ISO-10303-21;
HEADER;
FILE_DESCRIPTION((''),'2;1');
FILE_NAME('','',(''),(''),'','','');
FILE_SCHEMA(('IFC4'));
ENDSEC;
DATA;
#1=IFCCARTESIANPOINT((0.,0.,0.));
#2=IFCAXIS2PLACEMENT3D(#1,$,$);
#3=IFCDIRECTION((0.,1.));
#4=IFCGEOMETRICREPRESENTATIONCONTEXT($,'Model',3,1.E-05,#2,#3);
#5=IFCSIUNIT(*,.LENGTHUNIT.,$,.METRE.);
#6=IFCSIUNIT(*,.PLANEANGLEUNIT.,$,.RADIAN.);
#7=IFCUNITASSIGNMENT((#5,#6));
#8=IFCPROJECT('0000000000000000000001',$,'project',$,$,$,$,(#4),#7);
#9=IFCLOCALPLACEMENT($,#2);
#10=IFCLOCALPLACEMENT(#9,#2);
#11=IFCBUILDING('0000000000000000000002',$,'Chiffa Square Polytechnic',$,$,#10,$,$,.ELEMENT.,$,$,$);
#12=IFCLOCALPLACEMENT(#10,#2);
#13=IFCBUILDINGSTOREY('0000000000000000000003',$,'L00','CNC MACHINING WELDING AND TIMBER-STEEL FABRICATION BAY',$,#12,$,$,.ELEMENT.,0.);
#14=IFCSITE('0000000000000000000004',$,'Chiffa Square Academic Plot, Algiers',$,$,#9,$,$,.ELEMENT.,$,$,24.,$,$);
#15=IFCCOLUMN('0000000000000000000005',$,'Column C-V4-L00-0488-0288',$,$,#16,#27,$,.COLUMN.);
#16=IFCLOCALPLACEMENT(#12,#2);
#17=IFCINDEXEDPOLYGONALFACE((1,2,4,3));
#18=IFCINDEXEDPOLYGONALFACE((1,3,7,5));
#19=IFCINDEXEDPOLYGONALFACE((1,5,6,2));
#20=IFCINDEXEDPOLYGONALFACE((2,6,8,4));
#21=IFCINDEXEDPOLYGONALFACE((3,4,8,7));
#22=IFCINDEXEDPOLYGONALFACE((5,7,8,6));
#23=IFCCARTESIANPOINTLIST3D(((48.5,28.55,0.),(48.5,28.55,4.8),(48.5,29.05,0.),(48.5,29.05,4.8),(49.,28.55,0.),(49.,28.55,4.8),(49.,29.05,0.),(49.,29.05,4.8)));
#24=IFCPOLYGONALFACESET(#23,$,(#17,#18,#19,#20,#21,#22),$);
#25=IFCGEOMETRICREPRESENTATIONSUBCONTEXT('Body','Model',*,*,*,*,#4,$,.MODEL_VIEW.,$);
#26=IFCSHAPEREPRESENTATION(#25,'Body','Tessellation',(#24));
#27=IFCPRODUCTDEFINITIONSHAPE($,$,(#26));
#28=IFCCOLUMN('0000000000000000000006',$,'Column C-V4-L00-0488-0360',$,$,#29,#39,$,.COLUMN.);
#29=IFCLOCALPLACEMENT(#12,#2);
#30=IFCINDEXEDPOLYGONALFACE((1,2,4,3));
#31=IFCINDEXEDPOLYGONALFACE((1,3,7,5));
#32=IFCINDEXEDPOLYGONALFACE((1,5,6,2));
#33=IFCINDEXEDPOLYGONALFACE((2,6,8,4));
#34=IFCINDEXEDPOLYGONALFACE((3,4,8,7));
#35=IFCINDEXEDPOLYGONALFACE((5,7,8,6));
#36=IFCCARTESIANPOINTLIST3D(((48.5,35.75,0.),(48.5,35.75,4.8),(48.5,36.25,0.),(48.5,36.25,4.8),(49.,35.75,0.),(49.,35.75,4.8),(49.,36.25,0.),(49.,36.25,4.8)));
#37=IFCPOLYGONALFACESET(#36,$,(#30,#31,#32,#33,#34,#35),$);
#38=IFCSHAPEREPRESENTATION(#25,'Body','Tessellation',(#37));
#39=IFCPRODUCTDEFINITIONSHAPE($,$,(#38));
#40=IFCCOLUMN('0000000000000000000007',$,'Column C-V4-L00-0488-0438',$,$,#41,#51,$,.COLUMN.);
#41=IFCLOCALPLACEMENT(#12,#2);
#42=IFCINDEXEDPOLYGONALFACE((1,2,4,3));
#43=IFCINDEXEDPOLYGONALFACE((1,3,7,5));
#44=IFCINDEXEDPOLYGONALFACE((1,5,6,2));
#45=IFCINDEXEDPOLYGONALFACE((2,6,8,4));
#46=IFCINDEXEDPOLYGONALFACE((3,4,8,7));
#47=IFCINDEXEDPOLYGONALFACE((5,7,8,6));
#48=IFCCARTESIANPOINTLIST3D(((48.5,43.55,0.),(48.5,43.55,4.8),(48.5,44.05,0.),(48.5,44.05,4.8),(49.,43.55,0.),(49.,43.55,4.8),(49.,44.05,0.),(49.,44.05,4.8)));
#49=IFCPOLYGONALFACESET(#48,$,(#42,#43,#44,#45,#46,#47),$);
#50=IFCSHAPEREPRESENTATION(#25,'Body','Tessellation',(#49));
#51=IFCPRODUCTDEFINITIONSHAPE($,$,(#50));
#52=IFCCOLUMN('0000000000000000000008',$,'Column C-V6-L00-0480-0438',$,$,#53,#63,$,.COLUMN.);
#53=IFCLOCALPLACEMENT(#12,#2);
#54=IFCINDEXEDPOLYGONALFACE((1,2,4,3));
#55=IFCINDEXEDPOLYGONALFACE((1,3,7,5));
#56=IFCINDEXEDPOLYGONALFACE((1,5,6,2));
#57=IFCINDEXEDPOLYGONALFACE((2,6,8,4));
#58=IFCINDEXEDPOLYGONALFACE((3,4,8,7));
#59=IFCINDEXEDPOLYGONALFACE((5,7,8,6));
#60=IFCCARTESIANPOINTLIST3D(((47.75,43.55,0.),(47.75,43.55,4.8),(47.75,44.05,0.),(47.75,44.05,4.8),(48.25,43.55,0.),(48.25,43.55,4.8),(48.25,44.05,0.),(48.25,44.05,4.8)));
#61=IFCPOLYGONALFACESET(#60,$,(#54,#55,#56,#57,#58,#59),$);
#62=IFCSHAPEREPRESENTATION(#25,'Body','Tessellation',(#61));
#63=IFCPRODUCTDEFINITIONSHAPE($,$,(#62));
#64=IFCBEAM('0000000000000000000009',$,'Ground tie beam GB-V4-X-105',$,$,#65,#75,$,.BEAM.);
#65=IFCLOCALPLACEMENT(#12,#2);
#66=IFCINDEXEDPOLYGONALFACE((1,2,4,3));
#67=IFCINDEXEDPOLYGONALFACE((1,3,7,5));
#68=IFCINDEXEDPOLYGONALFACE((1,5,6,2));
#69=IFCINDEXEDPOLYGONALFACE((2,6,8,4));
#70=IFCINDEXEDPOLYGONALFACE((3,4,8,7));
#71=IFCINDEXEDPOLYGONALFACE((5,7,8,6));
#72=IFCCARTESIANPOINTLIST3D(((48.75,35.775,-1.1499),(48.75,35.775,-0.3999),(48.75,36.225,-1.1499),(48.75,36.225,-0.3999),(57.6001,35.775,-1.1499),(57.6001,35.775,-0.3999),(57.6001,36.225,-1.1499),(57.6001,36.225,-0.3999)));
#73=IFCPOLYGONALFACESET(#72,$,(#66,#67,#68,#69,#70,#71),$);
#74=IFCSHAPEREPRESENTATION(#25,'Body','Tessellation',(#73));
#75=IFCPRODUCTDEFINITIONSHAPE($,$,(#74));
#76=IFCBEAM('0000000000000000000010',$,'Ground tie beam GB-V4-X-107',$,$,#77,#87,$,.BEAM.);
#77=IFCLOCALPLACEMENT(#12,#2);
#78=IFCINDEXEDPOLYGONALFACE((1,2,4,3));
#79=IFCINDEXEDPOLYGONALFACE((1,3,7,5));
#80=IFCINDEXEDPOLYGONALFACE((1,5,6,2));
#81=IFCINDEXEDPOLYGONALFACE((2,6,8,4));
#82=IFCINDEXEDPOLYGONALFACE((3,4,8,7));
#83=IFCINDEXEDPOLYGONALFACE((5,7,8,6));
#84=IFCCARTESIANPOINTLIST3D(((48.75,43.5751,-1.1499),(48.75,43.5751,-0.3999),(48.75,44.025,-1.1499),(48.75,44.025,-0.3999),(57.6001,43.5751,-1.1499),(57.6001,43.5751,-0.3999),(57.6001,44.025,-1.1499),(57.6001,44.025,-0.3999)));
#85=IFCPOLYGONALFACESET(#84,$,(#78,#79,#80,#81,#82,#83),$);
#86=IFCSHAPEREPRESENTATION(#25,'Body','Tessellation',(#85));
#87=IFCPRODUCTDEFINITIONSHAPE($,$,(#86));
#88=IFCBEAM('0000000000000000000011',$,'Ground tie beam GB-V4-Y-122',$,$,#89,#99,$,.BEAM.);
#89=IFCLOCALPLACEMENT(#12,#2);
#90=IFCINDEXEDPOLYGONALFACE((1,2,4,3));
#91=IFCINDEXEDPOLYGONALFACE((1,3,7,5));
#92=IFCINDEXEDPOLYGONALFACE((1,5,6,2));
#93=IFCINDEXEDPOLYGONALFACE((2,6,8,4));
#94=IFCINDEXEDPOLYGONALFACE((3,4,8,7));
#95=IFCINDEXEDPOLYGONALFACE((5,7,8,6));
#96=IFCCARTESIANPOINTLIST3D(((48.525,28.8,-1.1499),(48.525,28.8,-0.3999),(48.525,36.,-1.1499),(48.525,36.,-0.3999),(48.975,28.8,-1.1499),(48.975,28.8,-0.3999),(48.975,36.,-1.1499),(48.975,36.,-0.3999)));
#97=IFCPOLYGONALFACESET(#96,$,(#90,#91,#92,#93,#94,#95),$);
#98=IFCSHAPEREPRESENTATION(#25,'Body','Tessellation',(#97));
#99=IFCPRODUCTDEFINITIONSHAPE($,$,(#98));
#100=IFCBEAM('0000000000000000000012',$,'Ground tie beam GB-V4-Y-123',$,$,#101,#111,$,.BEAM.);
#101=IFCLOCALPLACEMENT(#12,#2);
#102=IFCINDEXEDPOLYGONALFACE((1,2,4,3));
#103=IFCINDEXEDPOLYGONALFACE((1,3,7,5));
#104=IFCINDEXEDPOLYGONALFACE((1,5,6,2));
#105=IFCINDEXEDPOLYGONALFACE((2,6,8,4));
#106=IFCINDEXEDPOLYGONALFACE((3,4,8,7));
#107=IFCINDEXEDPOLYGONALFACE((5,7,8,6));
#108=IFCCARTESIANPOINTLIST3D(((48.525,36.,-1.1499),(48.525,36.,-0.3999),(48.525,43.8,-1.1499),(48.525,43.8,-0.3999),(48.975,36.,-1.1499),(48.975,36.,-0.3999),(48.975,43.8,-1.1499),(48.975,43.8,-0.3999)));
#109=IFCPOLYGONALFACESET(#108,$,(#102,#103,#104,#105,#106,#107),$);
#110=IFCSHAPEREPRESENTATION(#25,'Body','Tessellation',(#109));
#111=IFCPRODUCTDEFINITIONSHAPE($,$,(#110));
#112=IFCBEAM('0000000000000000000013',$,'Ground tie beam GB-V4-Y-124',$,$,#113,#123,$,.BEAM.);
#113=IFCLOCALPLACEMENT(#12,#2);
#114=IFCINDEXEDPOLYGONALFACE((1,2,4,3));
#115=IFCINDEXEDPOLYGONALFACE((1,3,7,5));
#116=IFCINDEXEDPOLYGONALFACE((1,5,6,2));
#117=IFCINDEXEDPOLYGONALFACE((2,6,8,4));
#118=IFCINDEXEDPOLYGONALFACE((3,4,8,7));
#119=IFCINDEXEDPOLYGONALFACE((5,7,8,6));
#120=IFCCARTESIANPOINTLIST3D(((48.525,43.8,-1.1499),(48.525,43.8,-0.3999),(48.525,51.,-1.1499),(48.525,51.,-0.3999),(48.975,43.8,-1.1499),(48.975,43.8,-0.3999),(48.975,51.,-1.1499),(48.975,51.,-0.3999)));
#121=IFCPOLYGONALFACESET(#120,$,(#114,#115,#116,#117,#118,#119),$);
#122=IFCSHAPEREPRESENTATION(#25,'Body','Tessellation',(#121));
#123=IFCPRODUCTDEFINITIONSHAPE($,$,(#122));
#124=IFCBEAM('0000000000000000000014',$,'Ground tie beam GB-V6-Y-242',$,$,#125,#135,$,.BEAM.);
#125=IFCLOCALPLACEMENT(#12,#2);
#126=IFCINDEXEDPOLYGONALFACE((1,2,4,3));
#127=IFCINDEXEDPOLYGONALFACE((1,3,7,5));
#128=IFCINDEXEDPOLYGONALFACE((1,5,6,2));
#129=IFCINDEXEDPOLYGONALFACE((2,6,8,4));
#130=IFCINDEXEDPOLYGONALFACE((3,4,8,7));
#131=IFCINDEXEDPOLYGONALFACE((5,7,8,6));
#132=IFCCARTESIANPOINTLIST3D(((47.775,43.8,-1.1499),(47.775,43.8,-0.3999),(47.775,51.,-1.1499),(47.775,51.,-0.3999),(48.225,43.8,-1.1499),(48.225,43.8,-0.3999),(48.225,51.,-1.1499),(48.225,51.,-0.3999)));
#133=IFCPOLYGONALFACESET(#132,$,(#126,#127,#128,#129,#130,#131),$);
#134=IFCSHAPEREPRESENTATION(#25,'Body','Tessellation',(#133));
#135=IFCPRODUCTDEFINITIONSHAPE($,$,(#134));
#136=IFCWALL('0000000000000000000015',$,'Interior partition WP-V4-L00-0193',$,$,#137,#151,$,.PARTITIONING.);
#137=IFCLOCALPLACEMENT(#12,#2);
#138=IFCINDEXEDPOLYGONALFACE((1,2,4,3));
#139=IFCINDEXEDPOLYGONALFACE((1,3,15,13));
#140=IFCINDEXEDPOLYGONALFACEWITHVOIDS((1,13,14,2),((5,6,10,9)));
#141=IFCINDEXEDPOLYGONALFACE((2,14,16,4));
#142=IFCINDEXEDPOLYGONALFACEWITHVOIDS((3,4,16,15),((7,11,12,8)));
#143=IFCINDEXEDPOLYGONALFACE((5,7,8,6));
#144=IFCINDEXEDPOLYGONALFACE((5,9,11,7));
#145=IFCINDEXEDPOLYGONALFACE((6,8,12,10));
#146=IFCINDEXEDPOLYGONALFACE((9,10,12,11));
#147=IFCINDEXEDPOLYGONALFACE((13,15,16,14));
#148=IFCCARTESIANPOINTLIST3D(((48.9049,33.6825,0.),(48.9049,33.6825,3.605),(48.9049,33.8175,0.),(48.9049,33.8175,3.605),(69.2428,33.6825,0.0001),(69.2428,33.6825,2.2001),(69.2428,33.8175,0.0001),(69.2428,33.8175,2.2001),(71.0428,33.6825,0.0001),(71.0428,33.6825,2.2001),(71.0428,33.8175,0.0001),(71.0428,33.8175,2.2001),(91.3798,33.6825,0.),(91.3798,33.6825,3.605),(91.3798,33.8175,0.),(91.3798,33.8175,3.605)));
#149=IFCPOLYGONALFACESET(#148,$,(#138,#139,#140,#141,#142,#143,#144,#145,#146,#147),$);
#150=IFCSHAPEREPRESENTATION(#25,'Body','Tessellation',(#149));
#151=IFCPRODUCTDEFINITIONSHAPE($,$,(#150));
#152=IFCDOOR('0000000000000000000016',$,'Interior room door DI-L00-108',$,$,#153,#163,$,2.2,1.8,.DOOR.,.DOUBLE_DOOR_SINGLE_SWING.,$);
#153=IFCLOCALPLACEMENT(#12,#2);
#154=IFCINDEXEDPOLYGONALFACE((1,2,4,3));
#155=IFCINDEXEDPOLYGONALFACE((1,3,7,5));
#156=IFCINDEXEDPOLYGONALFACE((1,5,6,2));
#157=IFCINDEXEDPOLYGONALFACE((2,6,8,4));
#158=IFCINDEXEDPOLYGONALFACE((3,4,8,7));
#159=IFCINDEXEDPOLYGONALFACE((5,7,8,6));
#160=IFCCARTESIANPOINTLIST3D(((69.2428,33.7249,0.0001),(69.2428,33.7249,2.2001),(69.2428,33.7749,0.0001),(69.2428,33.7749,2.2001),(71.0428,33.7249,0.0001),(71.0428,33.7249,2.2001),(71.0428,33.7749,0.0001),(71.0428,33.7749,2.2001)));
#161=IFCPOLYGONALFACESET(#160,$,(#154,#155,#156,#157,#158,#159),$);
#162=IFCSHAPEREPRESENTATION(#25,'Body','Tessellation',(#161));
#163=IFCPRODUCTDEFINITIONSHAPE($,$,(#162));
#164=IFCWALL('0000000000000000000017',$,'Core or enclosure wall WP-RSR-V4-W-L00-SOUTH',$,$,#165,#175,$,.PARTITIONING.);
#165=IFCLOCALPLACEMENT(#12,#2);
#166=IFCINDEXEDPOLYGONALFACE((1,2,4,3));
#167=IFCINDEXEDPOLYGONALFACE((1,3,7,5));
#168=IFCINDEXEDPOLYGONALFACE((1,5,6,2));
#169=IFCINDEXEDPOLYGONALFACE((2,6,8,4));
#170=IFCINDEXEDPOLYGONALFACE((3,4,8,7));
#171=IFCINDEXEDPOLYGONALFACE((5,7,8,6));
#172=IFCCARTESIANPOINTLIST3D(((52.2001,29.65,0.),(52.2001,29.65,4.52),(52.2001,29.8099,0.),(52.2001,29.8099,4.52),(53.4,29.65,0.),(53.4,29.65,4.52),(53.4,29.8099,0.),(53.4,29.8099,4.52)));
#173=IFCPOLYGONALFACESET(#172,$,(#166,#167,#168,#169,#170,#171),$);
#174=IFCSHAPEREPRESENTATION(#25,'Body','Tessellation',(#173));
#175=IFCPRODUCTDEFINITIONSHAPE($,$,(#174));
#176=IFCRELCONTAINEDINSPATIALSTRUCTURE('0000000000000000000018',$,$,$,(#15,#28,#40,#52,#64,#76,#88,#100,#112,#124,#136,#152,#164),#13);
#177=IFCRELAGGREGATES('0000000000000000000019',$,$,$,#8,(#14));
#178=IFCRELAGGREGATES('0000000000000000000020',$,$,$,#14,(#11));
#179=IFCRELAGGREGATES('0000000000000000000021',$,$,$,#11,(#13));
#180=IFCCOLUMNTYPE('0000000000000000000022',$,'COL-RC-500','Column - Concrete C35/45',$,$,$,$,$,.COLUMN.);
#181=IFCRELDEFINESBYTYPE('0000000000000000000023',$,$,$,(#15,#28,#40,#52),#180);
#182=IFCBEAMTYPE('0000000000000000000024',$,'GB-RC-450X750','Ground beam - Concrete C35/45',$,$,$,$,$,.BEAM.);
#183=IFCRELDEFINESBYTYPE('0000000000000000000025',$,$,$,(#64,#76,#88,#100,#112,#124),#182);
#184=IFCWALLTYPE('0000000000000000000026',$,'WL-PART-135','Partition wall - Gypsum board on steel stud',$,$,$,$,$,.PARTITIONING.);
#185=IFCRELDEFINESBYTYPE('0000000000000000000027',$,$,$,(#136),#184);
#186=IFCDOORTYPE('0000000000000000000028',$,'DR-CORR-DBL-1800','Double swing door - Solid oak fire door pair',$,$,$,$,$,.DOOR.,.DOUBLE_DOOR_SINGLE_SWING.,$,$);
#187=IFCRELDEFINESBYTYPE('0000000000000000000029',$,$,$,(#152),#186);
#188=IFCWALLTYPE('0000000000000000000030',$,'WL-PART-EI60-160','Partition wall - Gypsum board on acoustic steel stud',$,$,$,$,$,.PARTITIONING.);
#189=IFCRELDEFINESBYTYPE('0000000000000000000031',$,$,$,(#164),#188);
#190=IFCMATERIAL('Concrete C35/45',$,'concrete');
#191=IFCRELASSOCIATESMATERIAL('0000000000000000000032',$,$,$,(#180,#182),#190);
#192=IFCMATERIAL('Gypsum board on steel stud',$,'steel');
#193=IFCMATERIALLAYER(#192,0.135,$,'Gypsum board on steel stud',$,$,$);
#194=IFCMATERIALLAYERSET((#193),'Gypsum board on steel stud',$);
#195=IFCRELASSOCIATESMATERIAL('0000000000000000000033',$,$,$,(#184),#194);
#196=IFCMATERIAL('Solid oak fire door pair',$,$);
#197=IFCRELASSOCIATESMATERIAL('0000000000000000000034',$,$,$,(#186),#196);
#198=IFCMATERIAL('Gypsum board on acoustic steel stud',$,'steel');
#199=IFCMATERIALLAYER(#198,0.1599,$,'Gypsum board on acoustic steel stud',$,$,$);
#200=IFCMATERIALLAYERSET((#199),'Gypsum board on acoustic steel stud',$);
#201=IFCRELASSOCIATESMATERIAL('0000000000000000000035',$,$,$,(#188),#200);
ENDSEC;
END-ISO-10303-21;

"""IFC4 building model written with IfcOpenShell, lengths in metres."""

from ifc_helpers import new_model, si_unit, direction, frame, frame_2d, origin, origin_2d, place, context, subcontext, project, spatial, rectangle, extrude, material, layer, layer_set, material_profile, profile_set, type_object, element, fill, save


model = new_model("IFC4")

# Units and contexts
model_context = context("Model", 3, precision=1e-05, world=origin(), true_north=direction((0.0, 1.0)))
body_context = subcontext(model_context, "Body", "Model", "MODEL_VIEW")
ifc_project = project(units=[si_unit("LENGTHUNIT", "METRE"), si_unit("PLANEANGLEUNIT", "RADIAN")], contexts=[model_context])

# Site, building, storey
site_placement = place(None, origin())
site = spatial("IfcSite", under=ifc_project, at=site_placement, Name="Chiffa Square Academic Plot, Algiers", CompositionType="ELEMENT", RefElevation=24.0)
building_placement = place(site_placement, origin())
building = spatial("IfcBuilding", under=site, at=building_placement, Name="Chiffa Square Polytechnic", CompositionType="ELEMENT")
storey_placement = place(building_placement, origin())
storey = spatial("IfcBuildingStorey", under=building, at=storey_placement, Name="L00", Description="CNC MACHINING WELDING AND TIMBER-STEEL FABRICATION BAY", CompositionType="ELEMENT", Elevation=0.0)

# Columns
ifc_material_1 = material(Name="Concrete C35/45", Category="concrete")
ifc_material_profile_1 = material_profile(ifc_material_1, rectangle(XDim=0.5, YDim=0.5, at=origin_2d()), Name="RC 500x500")
ifc_profile_set_1 = profile_set([ifc_material_profile_1], Name="Concrete C35/45")
column_type = type_object("IfcColumnType", Name="COL-RC-500", Description="Column - Concrete C35/45", PredefinedType="COLUMN", material=ifc_profile_set_1)
for number, where, z_axis, x_axis, name in (
    (1, (48.75, 28.8, 0.0), (0.0, 0.0, 1.0), (1.0, 0.0, 0.0), "Column C-V4-L00-0488-0288"),
    (2, (48.75, 36.0, 0.0), (0.0, 0.0, 1.0), (1.0, 0.0, 0.0), "Column C-V4-L00-0488-0360"),
    (3, (48.75, 43.8, 0.0), (0.0, 0.0, 1.0), (1.0, 0.0, 0.0), "Column C-V4-L00-0488-0438"),
    (4, (48.0, 43.8, 0.0), (0.0, 0.0, 1.0), (1.0, 0.0, 0.0), "Column C-V6-L00-0480-0438"),
):
    element("IfcColumn", number, at=place(storey_placement, frame(where, z_axis=z_axis, x_axis=x_axis)), inside=storey, type_object=column_type, Name=name, PredefinedType="COLUMN", context=body_context, shape_type="SweptSolid", body=[
        extrude(rectangle(XDim=0.5, YDim=0.5, at=origin_2d()), origin(), (0.0, 0.0, 1.0), 4.8),
    ])

# Beams
ifc_material_profile_2 = material_profile(ifc_material_1, rectangle(XDim=0.45, YDim=0.75, at=origin_2d()), Name="RC 450x750")
ifc_profile_set_2 = profile_set([ifc_material_profile_2], Name="Concrete C35/45")
beam_type = type_object("IfcBeamType", Name="GB-RC-450X750", Description="Ground beam - Concrete C35/45", PredefinedType="BEAM", material=ifc_profile_set_2)
for number, where, z_axis, x_axis, name in (
    (5, (48.75, 36.0, -0.7749), (1.0, 0.0, 0.0), (0.0, 1.0, 0.0), "Ground tie beam GB-V4-X-105"),
    (6, (48.75, 43.8, -0.7749), (1.0, 0.0, 0.0), (0.0, 1.0, 0.0), "Ground tie beam GB-V4-X-107"),
):
    element("IfcBeam", number, at=place(storey_placement, frame(where, z_axis=z_axis, x_axis=x_axis)), inside=storey, type_object=beam_type, Name=name, PredefinedType="BEAM", context=body_context, shape_type="SweptSolid", body=[
        extrude(rectangle(XDim=0.45, YDim=0.75, at=origin_2d()), origin(), (0.0, 0.0, 1.0), 8.8501),
    ])
beam_1_placement = place(storey_placement, frame((48.75, 28.8, -0.7749), z_axis=(0.0, 1.0, 0.0), x_axis=(-1.0, 0.0, 0.0)))
element("IfcBeam", 7, at=beam_1_placement, inside=storey, type_object=beam_type, Name="Ground tie beam GB-V4-Y-122", PredefinedType="BEAM", context=body_context, shape_type="SweptSolid", body=[
    extrude(rectangle(XDim=0.45, YDim=0.75, at=origin_2d()), origin(), (0.0, 0.0, 1.0), 7.2),
])
beam_2_placement = place(storey_placement, frame((48.75, 36.0, -0.7749), z_axis=(0.0, 1.0, 0.0), x_axis=(-1.0, 0.0, 0.0)))
element("IfcBeam", 8, at=beam_2_placement, inside=storey, type_object=beam_type, Name="Ground tie beam GB-V4-Y-123", PredefinedType="BEAM", context=body_context, shape_type="SweptSolid", body=[
    extrude(rectangle(XDim=0.45, YDim=0.75, at=origin_2d()), origin(), (0.0, 0.0, 1.0), 7.8),
])
for number, where, z_axis, x_axis, name in (
    (9, (48.75, 43.8, -0.7749), (0.0, 1.0, 0.0), (-1.0, 0.0, 0.0), "Ground tie beam GB-V4-Y-124"),
    (10, (48.0, 43.8, -0.7749), (0.0, 1.0, 0.0), (-1.0, 0.0, 0.0), "Ground tie beam GB-V6-Y-242"),
):
    element("IfcBeam", number, at=place(storey_placement, frame(where, z_axis=z_axis, x_axis=x_axis)), inside=storey, type_object=beam_type, Name=name, PredefinedType="BEAM", context=body_context, shape_type="SweptSolid", body=[
        extrude(rectangle(XDim=0.45, YDim=0.75, at=origin_2d()), origin(), (0.0, 0.0, 1.0), 7.2),
    ])

# Wall, opening, door
ifc_material_2 = material(Name="Gypsum board on steel stud", Category="steel")
ifc_layer_1 = layer(ifc_material_2, 0.135, Name="Gypsum board on steel stud")
ifc_layer_set_1 = layer_set([ifc_layer_1], Name="Gypsum board on steel stud")
wall_type_1 = type_object("IfcWallType", Name="WL-PART-135", Description="Partition wall - Gypsum board on steel stud", PredefinedType="PARTITIONING", material=ifc_layer_set_1)
wall_1_placement = place(storey_placement, frame((48.905, 33.75, 0.0), z_axis=(0.0, 0.0, 1.0), x_axis=(1.0, 0.0, 0.0)))
wall_1 = element("IfcWall", 11, at=wall_1_placement, inside=storey, type_object=wall_type_1, Name="Interior partition WP-V4-L00-0193", PredefinedType="PARTITIONING", context=body_context, shape_type="SweptSolid", body=[
    extrude(rectangle(XDim=42.4749, YDim=0.135, at=frame_2d((21.2373, 0.0))), origin(), (0.0, 0.0, 1.0), 3.605),
])
opening_1_placement = place(wall_1_placement, frame((20.3379, 0.0, 0.0)))
opening_1 = element("IfcOpeningElement", 12, at=opening_1_placement, cuts=wall_1, PredefinedType="OPENING", context=body_context, shape_type="SweptSolid", body=[
    extrude(rectangle(XDim=1.8, YDim=2.2, at=frame_2d((0.8999, 1.1001))), frame((0.0, 0.0776, 0.0), z_axis=(0.0, -1.0, 0.0), x_axis=(1.0, 0.0, 0.0)), (0.0, 0.0, 1.0), 0.155),
])
ifc_material_3 = material(Name="Solid oak fire door pair")
door_type_1 = type_object("IfcDoorType", Name="DR-CORR-DBL-1800", Description="Double swing door - Solid oak fire door pair", OperationType="DOUBLE_DOOR_SINGLE_SWING", PredefinedType="DOOR", material=ifc_material_3)
door_1_placement = place(opening_1_placement, origin())
door_1 = element("IfcDoor", 13, at=door_1_placement, inside=storey, type_object=door_type_1, Name="Interior room door DI-L00-108", OperationType="DOUBLE_DOOR_SINGLE_SWING", OverallHeight=2.2, OverallWidth=1.8, PredefinedType="DOOR", context=body_context, shape_type="SweptSolid", body=[
    extrude(rectangle(XDim=1.8, YDim=2.2, at=frame_2d((0.8999, 1.1001))), frame((0.0, 0.0249, 0.0), z_axis=(0.0, -1.0, 0.0), x_axis=(1.0, 0.0, 0.0)), (0.0, 0.0, 1.0), 0.05),
])
fill(opening_1, door_1)

# Wall
ifc_material_4 = material(Name="Gypsum board on acoustic steel stud", Category="steel")
ifc_layer_2 = layer(ifc_material_4, 0.1599, Name="Gypsum board on acoustic steel stud")
ifc_layer_set_2 = layer_set([ifc_layer_2], Name="Gypsum board on acoustic steel stud")
wall_type_2 = type_object("IfcWallType", Name="WL-PART-EI60-160", Description="Partition wall - Gypsum board on acoustic steel stud", PredefinedType="PARTITIONING", material=ifc_layer_set_2)
wall_2_placement = place(storey_placement, frame((52.2, 29.73, 0.0), z_axis=(0.0, 0.0, 1.0), x_axis=(1.0, 0.0, 0.0)))
element("IfcWall", 14, at=wall_2_placement, inside=storey, type_object=wall_type_2, Name="Core or enclosure wall WP-RSR-V4-W-L00-SOUTH", PredefinedType="PARTITIONING", context=body_context, shape_type="SweptSolid", body=[
    extrude(rectangle(XDim=1.2, YDim=0.1599, at=frame_2d((0.6001, 0.0))), origin(), (0.0, 0.0, 1.0), 4.52),
])

save(model, "model.ifc")
